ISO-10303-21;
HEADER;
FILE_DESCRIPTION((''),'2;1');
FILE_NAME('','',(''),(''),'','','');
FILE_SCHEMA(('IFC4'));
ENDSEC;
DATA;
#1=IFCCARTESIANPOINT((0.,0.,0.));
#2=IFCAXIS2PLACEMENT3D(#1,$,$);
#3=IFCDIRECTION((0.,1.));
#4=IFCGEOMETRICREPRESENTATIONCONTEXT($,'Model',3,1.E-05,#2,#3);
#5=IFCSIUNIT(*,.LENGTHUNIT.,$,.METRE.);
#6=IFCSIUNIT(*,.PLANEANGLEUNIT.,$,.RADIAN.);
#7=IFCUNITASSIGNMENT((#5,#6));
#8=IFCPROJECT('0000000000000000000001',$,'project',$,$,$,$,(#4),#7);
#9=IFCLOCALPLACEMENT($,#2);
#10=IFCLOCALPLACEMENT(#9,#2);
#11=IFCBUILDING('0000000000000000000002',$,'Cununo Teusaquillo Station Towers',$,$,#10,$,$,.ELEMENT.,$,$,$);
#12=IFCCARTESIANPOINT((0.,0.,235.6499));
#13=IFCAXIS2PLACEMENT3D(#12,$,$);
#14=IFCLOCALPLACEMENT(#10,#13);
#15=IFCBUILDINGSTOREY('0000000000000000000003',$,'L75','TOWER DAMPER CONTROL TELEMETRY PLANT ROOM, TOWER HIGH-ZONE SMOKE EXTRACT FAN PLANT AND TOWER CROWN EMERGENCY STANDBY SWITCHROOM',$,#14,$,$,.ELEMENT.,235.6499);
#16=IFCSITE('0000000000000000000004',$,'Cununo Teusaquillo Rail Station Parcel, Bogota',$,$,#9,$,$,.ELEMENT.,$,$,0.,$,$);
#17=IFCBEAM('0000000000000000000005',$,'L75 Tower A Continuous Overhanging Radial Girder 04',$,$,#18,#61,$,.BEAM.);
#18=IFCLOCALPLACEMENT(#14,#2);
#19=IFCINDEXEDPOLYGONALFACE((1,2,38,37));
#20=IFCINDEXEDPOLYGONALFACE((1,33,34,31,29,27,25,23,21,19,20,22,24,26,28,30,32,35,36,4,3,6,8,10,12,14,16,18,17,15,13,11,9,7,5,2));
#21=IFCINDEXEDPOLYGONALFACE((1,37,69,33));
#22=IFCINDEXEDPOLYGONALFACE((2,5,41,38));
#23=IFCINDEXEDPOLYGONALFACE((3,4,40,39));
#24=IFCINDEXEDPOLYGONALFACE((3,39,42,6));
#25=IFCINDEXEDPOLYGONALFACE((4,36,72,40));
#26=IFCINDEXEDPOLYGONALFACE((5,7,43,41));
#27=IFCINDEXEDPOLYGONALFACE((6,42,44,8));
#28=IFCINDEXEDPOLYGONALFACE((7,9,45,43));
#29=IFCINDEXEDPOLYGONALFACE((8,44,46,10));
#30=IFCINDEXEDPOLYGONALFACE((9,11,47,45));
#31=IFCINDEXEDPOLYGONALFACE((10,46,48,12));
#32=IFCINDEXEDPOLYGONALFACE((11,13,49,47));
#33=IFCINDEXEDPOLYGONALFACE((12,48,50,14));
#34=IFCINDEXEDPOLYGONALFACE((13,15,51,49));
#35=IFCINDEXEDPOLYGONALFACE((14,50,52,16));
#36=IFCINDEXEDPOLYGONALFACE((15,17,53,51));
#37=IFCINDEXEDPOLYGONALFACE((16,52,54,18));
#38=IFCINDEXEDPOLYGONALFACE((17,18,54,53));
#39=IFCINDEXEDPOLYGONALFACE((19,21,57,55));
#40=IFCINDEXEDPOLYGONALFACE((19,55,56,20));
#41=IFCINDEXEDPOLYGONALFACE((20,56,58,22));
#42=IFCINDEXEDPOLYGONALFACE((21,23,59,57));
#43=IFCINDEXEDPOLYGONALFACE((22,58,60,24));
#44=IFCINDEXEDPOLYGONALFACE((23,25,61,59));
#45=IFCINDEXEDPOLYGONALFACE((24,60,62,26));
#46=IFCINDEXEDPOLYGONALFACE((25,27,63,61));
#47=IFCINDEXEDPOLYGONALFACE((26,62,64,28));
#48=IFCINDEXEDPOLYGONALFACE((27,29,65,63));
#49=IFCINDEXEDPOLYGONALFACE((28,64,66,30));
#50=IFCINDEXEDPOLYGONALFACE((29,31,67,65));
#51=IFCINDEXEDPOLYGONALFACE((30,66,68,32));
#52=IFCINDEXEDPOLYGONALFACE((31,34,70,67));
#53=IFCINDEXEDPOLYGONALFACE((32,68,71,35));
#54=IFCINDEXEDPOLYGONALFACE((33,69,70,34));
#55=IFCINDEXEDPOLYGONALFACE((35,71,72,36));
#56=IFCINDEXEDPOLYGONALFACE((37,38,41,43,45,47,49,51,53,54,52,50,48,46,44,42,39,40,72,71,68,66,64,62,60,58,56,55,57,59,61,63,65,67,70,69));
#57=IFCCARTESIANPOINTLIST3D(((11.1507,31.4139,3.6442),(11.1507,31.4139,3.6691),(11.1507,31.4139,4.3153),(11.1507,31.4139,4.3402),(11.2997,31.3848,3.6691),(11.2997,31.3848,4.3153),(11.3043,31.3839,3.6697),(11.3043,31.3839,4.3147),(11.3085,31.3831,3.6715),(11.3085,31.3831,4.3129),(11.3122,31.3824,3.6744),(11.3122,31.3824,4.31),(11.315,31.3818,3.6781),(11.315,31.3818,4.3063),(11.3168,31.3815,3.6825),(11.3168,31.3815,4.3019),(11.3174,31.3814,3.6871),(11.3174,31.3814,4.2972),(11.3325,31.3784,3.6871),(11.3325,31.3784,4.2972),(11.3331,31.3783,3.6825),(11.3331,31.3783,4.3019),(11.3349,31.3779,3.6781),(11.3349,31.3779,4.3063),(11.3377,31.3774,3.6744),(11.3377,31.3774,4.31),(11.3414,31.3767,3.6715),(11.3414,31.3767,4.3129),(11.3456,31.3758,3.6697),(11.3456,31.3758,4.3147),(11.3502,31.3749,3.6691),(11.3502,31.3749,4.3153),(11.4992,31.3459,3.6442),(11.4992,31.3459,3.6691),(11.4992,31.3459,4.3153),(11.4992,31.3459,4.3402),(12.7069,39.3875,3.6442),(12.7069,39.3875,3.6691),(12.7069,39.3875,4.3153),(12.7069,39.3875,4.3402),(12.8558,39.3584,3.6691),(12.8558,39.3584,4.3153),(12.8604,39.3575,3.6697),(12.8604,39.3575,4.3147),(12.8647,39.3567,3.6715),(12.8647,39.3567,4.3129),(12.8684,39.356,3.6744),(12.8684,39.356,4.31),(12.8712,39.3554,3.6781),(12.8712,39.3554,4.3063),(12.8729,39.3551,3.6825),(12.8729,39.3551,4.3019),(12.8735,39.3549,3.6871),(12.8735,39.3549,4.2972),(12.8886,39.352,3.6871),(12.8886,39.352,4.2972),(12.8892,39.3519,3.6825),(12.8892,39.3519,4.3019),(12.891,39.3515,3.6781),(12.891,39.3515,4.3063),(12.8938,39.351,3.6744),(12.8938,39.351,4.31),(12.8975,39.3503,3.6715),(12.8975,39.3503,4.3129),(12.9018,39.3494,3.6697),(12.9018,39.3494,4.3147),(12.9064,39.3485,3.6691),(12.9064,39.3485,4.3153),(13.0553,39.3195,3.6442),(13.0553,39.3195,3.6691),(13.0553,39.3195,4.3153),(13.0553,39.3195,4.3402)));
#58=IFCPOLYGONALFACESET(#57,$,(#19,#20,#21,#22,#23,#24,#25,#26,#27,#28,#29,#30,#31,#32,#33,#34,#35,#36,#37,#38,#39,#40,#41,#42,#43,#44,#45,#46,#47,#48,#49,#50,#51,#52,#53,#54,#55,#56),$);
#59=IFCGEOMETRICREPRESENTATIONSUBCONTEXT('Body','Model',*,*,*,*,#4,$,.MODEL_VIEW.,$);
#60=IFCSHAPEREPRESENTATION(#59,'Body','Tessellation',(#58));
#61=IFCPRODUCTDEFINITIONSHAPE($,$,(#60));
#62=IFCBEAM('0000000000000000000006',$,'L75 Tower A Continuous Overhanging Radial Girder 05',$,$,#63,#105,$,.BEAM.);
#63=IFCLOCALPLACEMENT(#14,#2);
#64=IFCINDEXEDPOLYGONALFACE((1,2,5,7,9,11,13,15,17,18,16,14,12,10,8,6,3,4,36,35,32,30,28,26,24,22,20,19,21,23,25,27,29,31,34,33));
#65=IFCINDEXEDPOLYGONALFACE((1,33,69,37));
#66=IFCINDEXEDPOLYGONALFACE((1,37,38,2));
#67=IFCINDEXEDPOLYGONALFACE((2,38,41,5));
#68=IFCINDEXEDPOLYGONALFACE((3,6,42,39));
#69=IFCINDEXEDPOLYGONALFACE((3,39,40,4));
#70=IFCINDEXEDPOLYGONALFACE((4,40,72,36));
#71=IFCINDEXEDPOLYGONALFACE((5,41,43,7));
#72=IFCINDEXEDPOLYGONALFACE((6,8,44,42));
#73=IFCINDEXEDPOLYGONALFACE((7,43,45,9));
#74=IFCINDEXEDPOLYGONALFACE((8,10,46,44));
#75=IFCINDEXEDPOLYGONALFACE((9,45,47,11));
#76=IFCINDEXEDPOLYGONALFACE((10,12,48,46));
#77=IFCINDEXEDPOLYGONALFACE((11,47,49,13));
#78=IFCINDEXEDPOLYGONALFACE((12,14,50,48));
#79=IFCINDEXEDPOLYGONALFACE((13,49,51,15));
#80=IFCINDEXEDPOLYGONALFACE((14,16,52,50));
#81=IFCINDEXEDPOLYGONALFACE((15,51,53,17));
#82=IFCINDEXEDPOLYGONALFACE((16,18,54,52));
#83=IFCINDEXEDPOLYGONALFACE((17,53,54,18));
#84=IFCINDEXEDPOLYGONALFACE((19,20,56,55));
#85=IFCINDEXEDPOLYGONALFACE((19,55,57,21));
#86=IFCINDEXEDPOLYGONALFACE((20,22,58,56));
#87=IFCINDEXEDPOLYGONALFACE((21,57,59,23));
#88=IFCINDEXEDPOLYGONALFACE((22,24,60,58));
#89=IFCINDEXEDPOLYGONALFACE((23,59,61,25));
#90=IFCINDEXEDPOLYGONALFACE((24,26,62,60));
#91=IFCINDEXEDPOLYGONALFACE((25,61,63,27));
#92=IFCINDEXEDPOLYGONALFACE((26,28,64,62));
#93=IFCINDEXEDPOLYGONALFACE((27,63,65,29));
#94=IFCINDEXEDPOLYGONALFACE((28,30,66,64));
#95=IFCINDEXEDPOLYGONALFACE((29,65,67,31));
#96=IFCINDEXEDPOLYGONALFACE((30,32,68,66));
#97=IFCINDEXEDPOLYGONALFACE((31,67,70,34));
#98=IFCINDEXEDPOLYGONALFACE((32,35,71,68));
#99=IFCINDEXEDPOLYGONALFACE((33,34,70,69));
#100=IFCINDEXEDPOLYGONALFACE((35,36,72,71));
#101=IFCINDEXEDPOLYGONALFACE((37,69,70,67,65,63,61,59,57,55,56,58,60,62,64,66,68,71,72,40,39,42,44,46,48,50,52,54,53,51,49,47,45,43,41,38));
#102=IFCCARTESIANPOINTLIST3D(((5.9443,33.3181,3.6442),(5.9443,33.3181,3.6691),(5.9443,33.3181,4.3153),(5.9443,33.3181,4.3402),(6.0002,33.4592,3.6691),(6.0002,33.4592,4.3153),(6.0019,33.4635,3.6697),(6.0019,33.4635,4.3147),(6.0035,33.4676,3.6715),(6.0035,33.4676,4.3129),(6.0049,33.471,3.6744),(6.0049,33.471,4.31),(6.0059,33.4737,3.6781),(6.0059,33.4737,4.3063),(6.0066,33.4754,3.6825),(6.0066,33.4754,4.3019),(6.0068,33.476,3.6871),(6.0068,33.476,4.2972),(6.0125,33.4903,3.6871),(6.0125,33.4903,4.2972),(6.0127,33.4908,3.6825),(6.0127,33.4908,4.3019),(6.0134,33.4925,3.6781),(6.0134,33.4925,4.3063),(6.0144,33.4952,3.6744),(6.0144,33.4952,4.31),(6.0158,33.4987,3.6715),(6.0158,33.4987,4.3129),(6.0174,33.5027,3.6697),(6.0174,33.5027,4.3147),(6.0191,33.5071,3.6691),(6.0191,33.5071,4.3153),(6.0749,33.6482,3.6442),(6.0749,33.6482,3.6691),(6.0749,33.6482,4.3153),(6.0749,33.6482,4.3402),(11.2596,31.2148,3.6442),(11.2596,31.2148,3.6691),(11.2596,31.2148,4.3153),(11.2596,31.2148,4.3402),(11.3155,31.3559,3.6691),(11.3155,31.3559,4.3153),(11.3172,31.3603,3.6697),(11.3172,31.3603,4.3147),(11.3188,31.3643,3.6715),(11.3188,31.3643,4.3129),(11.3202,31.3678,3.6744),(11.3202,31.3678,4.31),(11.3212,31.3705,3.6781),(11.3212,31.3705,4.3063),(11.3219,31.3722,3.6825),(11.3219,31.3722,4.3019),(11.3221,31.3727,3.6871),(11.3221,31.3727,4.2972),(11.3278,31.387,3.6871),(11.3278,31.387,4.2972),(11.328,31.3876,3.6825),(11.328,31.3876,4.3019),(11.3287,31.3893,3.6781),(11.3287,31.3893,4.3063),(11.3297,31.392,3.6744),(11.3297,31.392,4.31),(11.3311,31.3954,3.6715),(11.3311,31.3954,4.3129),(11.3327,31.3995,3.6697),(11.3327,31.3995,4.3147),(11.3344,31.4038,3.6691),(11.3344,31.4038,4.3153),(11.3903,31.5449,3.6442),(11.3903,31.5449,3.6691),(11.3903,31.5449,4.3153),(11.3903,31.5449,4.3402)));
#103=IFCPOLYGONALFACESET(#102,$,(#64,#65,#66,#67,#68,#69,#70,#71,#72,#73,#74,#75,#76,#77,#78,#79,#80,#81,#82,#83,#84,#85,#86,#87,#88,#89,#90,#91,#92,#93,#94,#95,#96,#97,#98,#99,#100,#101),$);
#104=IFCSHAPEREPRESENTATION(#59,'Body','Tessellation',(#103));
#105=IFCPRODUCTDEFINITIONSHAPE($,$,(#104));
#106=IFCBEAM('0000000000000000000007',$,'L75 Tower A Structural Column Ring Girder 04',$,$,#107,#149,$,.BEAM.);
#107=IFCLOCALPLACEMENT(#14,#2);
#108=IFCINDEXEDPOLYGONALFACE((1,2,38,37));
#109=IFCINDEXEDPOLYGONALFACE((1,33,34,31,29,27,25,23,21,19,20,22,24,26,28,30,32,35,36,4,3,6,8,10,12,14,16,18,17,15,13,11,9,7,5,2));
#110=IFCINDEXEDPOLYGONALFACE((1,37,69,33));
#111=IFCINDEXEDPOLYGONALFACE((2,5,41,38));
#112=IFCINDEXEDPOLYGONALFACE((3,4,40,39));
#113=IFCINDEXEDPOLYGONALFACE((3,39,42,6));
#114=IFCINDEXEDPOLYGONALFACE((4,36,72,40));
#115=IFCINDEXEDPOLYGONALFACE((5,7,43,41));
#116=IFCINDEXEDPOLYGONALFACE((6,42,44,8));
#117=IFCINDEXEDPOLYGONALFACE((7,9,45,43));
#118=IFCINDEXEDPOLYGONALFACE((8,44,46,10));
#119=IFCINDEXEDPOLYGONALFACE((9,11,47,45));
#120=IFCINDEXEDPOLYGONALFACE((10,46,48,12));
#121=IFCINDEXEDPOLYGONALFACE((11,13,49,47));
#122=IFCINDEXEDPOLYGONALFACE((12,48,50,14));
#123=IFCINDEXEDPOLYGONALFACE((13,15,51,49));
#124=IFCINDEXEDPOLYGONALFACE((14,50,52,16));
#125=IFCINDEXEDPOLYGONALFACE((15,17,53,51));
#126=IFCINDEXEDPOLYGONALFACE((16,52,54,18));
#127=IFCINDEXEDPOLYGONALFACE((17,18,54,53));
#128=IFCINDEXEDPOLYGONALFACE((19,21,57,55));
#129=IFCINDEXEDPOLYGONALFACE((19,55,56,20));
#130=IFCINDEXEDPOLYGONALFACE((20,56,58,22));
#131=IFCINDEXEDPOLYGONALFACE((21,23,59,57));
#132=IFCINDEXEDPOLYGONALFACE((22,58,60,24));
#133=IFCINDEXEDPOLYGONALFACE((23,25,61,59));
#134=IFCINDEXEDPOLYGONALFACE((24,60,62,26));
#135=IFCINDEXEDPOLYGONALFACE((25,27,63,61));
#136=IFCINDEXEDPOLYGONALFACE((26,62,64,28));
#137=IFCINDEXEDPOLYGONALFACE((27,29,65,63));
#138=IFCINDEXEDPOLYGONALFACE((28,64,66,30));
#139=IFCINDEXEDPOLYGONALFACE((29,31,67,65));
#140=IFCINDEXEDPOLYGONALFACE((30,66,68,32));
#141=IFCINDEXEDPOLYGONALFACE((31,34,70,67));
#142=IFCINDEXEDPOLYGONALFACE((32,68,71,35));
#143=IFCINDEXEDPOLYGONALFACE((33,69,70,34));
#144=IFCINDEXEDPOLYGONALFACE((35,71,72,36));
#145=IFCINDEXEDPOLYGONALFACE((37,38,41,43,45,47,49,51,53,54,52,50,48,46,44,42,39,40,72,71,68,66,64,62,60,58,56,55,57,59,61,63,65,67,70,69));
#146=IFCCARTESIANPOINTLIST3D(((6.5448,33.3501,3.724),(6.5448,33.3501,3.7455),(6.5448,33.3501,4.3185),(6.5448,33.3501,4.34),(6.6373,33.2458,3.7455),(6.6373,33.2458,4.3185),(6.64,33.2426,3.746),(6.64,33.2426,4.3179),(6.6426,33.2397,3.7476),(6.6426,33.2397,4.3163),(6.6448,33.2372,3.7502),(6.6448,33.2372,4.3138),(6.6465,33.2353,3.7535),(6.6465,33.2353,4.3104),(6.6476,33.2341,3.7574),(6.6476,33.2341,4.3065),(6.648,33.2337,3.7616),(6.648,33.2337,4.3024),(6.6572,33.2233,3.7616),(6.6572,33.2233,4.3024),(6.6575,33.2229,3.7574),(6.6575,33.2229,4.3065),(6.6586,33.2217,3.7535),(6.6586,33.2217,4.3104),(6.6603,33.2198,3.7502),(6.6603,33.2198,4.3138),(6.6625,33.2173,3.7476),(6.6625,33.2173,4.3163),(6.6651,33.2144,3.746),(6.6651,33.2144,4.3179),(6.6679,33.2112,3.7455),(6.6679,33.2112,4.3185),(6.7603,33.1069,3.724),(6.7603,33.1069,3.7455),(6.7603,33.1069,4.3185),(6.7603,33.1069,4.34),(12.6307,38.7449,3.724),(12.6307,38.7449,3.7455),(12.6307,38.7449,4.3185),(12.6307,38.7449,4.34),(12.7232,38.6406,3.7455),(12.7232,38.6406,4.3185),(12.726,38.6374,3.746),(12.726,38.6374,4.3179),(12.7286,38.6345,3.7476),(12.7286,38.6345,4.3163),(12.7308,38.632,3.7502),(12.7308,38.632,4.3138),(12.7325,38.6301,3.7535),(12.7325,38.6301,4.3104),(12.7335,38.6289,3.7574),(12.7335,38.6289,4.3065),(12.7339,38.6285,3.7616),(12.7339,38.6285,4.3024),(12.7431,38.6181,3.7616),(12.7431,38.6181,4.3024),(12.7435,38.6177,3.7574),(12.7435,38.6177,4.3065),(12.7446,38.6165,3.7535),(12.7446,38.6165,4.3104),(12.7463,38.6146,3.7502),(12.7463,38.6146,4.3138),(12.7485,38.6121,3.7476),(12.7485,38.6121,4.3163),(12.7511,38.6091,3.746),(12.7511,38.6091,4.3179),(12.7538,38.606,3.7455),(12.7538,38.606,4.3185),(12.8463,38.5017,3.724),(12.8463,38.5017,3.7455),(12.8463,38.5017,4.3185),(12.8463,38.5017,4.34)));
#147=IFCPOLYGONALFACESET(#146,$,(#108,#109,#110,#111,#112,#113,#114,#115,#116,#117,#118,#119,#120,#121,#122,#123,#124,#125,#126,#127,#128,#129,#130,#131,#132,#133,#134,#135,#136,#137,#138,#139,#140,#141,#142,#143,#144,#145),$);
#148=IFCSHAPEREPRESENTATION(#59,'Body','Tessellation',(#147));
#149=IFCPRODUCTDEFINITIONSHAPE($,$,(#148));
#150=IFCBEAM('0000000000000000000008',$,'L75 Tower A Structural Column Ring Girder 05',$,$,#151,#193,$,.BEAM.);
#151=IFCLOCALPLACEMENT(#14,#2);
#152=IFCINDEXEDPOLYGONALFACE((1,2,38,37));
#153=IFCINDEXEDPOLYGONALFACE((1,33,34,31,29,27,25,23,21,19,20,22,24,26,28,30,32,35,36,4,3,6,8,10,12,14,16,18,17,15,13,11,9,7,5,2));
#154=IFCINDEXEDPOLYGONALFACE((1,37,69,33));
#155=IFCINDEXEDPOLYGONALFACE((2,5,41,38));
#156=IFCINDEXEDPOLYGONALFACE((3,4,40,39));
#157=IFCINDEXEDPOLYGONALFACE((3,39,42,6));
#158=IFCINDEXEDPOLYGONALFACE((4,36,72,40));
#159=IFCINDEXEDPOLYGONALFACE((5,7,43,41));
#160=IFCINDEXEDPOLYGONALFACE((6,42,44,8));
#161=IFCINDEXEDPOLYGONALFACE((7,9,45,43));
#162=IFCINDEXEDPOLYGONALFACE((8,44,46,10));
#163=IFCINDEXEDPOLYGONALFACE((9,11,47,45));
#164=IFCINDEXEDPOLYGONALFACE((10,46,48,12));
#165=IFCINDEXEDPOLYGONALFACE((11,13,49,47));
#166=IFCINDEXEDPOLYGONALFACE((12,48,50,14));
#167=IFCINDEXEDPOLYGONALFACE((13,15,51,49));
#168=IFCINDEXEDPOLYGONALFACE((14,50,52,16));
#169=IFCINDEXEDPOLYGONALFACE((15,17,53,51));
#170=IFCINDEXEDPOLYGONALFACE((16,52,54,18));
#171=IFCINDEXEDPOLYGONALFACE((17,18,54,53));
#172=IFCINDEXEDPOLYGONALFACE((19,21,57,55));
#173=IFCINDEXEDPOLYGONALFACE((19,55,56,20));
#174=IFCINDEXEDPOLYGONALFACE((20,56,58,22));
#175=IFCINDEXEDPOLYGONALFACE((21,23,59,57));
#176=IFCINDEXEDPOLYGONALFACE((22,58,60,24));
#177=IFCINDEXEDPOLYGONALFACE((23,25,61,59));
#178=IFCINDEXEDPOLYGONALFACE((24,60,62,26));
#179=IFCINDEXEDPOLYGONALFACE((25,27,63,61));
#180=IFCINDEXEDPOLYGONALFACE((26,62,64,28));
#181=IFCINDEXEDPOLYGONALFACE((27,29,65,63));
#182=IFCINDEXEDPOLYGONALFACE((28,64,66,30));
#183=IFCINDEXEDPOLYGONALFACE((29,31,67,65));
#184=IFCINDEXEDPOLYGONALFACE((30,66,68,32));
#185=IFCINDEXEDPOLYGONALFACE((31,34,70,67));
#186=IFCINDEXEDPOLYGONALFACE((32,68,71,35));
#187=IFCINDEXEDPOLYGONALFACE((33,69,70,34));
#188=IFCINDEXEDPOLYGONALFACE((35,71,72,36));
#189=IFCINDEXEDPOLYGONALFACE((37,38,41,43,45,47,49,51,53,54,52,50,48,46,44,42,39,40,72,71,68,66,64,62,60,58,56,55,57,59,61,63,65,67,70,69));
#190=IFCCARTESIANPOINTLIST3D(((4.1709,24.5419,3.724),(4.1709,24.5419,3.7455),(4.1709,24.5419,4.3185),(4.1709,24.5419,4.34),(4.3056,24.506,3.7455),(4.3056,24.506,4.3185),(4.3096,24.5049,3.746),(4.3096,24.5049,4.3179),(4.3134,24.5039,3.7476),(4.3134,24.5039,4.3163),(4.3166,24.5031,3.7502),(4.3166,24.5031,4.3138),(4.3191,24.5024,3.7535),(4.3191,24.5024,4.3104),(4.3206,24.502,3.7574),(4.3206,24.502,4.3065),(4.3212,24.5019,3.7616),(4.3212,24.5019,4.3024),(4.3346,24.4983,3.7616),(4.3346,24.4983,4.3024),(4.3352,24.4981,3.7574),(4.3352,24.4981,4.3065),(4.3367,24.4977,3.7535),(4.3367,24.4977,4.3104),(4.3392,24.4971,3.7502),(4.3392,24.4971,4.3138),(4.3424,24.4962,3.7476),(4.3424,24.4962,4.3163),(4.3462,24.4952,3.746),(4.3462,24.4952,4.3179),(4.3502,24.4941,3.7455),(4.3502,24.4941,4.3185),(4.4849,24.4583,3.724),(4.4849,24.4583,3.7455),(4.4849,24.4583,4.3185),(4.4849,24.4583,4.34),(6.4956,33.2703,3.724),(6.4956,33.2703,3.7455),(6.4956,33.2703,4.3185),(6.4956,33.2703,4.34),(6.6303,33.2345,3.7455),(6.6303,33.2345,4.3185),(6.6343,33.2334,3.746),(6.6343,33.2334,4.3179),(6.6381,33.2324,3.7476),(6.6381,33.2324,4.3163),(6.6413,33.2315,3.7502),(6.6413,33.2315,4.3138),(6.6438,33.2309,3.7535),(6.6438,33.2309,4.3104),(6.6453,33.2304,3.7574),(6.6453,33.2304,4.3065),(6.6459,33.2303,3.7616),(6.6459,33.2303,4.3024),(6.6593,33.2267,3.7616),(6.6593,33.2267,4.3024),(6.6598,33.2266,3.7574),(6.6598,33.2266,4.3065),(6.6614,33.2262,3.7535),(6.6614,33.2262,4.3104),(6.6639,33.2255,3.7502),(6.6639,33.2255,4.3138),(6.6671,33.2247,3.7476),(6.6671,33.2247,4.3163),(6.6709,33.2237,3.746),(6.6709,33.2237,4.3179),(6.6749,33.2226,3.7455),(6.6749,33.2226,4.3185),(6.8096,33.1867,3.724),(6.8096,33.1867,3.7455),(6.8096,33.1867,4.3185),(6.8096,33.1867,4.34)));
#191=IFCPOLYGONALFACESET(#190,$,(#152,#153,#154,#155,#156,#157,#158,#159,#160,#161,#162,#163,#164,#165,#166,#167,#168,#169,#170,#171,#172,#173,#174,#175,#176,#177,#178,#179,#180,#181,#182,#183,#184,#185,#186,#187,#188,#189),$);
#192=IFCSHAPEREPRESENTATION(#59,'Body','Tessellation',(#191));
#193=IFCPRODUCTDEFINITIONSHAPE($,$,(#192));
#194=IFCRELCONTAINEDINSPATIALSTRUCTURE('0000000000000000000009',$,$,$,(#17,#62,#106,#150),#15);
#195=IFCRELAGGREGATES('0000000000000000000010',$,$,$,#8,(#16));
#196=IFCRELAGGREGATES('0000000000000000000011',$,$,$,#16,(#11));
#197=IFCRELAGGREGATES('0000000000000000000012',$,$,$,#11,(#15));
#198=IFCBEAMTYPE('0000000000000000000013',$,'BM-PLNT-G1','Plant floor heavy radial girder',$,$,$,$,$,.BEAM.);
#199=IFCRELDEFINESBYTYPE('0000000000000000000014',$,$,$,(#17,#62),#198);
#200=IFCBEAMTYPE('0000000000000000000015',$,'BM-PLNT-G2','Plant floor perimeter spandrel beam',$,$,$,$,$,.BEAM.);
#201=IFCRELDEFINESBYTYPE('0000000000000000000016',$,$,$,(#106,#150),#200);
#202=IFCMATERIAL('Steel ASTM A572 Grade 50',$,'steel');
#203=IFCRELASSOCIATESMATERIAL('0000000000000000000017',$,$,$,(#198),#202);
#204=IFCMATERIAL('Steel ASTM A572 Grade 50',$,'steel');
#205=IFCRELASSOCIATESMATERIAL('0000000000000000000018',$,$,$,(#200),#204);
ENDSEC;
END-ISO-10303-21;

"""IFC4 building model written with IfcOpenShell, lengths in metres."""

from ifc_helpers import new_model, si_unit, direction, frame, origin, origin_2d, place, context, subcontext, project, spatial, i_section, extrude, material, material_profile, profile_set, type_object, element, save


model = new_model("IFC4")

# Units and contexts
model_context = context("Model", 3, precision=1e-05, world=origin(), true_north=direction((0.0, 1.0)))
body_context = subcontext(model_context, "Body", "Model", "MODEL_VIEW")
ifc_project = project(units=[si_unit("LENGTHUNIT", "METRE"), si_unit("PLANEANGLEUNIT", "RADIAN")], contexts=[model_context])

# Site, building, storey
site_placement = place(None, origin())
site = spatial("IfcSite", under=ifc_project, at=site_placement, Name="Cununo Teusaquillo Rail Station Parcel, Bogota", CompositionType="ELEMENT", RefElevation=0.0)
building_placement = place(site_placement, origin())
building = spatial("IfcBuilding", under=site, at=building_placement, Name="Cununo Teusaquillo Station Towers", CompositionType="ELEMENT")
storey_placement = place(building_placement, frame((0.0, 0.0, 235.6499)))
storey = spatial("IfcBuildingStorey", under=building, at=storey_placement, Name="L75", Description="TOWER DAMPER CONTROL TELEMETRY PLANT ROOM, TOWER HIGH-ZONE SMOKE EXTRACT FAN PLANT AND TOWER CROWN EMERGENCY STANDBY SWITCHROOM", CompositionType="ELEMENT", Elevation=235.6499)

# Beams
ifc_material_1 = material(Name="Steel ASTM A572 Grade 50", Category="steel")
ifc_material_profile_1 = material_profile(ifc_material_1, i_section(OverallWidth=0.355, OverallDepth=0.696, WebThickness=0.0154, FlangeThickness=0.0249, FilletRadius=0.0181, at=origin_2d()), Name="W27X146")
ifc_profile_set_1 = profile_set([ifc_material_profile_1], Name="Steel ASTM A572 Grade 50")
beam_type_1 = type_object("IfcBeamType", Name="BM-PLNT-G1", Description="Plant floor heavy radial girder", PredefinedType="BEAM", material=ifc_profile_set_1)
beam_1_placement = place(storey_placement, frame((11.325, 31.3799, 3.9922), z_axis=(0.191548, 0.981483, 0.0), x_axis=(-0.981483, 0.191548, 0.0)))
element("IfcBeam", 1, at=beam_1_placement, inside=storey, type_object=beam_type_1, Name="L75 Tower A Continuous Overhanging Radial Girder 04", PredefinedType="BEAM", context=body_context, shape_type="SweptSolid", body=[
    extrude(i_section(OverallWidth=0.355, OverallDepth=0.696, WebThickness=0.0154, FlangeThickness=0.0249, FilletRadius=0.0181, at=origin_2d()), origin(), (0.0, 0.0, 1.0), 8.124),
])
beam_2_placement = place(storey_placement, frame((11.325, 31.3799, 3.9922), z_axis=(-0.929852, 0.367935, 0.0), x_axis=(-0.367935, -0.929852, 0.0)))
element("IfcBeam", 2, at=beam_2_placement, inside=storey, type_object=beam_type_1, Name="L75 Tower A Continuous Overhanging Radial Girder 05", PredefinedType="BEAM", context=body_context, shape_type="SweptSolid", body=[
    extrude(i_section(OverallWidth=0.355, OverallDepth=0.696, WebThickness=0.0154, FlangeThickness=0.0249, FilletRadius=0.0181, at=origin_2d()), origin(), (0.0, 0.0, 1.0), 5.7163),
])
ifc_material_2 = material(Name="Steel ASTM A572 Grade 50", Category="steel")
ifc_material_profile_2 = material_profile(ifc_material_2, i_section(OverallWidth=0.325, OverallDepth=0.616, WebThickness=0.0139, FlangeThickness=0.0215, FilletRadius=0.0161, at=origin_2d()), Name="W24X117")
ifc_profile_set_2 = profile_set([ifc_material_profile_2], Name="Steel ASTM A572 Grade 50")
beam_type_2 = type_object("IfcBeamType", Name="BM-PLNT-G2", Description="Plant floor perimeter spandrel beam", PredefinedType="BEAM", material=ifc_profile_set_2)
beam_3_placement = place(storey_placement, frame((12.7385, 38.6233, 4.032), z_axis=(-0.748321, -0.663337, 0.0), x_axis=(0.663337, -0.748321, 0.0)))
element("IfcBeam", 3, at=beam_3_placement, inside=storey, type_object=beam_type_2, Name="L75 Tower A Structural Column Ring Girder 04", PredefinedType="BEAM", context=body_context, shape_type="SweptSolid", body=[
    extrude(i_section(OverallWidth=0.325, OverallDepth=0.616, WebThickness=0.0139, FlangeThickness=0.0215, FilletRadius=0.0161, at=origin_2d()), origin(), (0.0, 0.0, 1.0), 8.1328),
])
beam_4_placement = place(storey_placement, frame((6.6526, 33.2285, 4.032), z_axis=(-0.257363, -0.966315, 0.0), x_axis=(0.966315, -0.257363, 0.0)))
element("IfcBeam", 4, at=beam_4_placement, inside=storey, type_object=beam_type_2, Name="L75 Tower A Structural Column Ring Girder 05", PredefinedType="BEAM", context=body_context, shape_type="SweptSolid", body=[
    extrude(i_section(OverallWidth=0.325, OverallDepth=0.616, WebThickness=0.0139, FlangeThickness=0.0215, FilletRadius=0.0161, at=origin_2d()), origin(), (0.0, 0.0, 1.0), 9.0327),
])

save(model, "model.ifc")
